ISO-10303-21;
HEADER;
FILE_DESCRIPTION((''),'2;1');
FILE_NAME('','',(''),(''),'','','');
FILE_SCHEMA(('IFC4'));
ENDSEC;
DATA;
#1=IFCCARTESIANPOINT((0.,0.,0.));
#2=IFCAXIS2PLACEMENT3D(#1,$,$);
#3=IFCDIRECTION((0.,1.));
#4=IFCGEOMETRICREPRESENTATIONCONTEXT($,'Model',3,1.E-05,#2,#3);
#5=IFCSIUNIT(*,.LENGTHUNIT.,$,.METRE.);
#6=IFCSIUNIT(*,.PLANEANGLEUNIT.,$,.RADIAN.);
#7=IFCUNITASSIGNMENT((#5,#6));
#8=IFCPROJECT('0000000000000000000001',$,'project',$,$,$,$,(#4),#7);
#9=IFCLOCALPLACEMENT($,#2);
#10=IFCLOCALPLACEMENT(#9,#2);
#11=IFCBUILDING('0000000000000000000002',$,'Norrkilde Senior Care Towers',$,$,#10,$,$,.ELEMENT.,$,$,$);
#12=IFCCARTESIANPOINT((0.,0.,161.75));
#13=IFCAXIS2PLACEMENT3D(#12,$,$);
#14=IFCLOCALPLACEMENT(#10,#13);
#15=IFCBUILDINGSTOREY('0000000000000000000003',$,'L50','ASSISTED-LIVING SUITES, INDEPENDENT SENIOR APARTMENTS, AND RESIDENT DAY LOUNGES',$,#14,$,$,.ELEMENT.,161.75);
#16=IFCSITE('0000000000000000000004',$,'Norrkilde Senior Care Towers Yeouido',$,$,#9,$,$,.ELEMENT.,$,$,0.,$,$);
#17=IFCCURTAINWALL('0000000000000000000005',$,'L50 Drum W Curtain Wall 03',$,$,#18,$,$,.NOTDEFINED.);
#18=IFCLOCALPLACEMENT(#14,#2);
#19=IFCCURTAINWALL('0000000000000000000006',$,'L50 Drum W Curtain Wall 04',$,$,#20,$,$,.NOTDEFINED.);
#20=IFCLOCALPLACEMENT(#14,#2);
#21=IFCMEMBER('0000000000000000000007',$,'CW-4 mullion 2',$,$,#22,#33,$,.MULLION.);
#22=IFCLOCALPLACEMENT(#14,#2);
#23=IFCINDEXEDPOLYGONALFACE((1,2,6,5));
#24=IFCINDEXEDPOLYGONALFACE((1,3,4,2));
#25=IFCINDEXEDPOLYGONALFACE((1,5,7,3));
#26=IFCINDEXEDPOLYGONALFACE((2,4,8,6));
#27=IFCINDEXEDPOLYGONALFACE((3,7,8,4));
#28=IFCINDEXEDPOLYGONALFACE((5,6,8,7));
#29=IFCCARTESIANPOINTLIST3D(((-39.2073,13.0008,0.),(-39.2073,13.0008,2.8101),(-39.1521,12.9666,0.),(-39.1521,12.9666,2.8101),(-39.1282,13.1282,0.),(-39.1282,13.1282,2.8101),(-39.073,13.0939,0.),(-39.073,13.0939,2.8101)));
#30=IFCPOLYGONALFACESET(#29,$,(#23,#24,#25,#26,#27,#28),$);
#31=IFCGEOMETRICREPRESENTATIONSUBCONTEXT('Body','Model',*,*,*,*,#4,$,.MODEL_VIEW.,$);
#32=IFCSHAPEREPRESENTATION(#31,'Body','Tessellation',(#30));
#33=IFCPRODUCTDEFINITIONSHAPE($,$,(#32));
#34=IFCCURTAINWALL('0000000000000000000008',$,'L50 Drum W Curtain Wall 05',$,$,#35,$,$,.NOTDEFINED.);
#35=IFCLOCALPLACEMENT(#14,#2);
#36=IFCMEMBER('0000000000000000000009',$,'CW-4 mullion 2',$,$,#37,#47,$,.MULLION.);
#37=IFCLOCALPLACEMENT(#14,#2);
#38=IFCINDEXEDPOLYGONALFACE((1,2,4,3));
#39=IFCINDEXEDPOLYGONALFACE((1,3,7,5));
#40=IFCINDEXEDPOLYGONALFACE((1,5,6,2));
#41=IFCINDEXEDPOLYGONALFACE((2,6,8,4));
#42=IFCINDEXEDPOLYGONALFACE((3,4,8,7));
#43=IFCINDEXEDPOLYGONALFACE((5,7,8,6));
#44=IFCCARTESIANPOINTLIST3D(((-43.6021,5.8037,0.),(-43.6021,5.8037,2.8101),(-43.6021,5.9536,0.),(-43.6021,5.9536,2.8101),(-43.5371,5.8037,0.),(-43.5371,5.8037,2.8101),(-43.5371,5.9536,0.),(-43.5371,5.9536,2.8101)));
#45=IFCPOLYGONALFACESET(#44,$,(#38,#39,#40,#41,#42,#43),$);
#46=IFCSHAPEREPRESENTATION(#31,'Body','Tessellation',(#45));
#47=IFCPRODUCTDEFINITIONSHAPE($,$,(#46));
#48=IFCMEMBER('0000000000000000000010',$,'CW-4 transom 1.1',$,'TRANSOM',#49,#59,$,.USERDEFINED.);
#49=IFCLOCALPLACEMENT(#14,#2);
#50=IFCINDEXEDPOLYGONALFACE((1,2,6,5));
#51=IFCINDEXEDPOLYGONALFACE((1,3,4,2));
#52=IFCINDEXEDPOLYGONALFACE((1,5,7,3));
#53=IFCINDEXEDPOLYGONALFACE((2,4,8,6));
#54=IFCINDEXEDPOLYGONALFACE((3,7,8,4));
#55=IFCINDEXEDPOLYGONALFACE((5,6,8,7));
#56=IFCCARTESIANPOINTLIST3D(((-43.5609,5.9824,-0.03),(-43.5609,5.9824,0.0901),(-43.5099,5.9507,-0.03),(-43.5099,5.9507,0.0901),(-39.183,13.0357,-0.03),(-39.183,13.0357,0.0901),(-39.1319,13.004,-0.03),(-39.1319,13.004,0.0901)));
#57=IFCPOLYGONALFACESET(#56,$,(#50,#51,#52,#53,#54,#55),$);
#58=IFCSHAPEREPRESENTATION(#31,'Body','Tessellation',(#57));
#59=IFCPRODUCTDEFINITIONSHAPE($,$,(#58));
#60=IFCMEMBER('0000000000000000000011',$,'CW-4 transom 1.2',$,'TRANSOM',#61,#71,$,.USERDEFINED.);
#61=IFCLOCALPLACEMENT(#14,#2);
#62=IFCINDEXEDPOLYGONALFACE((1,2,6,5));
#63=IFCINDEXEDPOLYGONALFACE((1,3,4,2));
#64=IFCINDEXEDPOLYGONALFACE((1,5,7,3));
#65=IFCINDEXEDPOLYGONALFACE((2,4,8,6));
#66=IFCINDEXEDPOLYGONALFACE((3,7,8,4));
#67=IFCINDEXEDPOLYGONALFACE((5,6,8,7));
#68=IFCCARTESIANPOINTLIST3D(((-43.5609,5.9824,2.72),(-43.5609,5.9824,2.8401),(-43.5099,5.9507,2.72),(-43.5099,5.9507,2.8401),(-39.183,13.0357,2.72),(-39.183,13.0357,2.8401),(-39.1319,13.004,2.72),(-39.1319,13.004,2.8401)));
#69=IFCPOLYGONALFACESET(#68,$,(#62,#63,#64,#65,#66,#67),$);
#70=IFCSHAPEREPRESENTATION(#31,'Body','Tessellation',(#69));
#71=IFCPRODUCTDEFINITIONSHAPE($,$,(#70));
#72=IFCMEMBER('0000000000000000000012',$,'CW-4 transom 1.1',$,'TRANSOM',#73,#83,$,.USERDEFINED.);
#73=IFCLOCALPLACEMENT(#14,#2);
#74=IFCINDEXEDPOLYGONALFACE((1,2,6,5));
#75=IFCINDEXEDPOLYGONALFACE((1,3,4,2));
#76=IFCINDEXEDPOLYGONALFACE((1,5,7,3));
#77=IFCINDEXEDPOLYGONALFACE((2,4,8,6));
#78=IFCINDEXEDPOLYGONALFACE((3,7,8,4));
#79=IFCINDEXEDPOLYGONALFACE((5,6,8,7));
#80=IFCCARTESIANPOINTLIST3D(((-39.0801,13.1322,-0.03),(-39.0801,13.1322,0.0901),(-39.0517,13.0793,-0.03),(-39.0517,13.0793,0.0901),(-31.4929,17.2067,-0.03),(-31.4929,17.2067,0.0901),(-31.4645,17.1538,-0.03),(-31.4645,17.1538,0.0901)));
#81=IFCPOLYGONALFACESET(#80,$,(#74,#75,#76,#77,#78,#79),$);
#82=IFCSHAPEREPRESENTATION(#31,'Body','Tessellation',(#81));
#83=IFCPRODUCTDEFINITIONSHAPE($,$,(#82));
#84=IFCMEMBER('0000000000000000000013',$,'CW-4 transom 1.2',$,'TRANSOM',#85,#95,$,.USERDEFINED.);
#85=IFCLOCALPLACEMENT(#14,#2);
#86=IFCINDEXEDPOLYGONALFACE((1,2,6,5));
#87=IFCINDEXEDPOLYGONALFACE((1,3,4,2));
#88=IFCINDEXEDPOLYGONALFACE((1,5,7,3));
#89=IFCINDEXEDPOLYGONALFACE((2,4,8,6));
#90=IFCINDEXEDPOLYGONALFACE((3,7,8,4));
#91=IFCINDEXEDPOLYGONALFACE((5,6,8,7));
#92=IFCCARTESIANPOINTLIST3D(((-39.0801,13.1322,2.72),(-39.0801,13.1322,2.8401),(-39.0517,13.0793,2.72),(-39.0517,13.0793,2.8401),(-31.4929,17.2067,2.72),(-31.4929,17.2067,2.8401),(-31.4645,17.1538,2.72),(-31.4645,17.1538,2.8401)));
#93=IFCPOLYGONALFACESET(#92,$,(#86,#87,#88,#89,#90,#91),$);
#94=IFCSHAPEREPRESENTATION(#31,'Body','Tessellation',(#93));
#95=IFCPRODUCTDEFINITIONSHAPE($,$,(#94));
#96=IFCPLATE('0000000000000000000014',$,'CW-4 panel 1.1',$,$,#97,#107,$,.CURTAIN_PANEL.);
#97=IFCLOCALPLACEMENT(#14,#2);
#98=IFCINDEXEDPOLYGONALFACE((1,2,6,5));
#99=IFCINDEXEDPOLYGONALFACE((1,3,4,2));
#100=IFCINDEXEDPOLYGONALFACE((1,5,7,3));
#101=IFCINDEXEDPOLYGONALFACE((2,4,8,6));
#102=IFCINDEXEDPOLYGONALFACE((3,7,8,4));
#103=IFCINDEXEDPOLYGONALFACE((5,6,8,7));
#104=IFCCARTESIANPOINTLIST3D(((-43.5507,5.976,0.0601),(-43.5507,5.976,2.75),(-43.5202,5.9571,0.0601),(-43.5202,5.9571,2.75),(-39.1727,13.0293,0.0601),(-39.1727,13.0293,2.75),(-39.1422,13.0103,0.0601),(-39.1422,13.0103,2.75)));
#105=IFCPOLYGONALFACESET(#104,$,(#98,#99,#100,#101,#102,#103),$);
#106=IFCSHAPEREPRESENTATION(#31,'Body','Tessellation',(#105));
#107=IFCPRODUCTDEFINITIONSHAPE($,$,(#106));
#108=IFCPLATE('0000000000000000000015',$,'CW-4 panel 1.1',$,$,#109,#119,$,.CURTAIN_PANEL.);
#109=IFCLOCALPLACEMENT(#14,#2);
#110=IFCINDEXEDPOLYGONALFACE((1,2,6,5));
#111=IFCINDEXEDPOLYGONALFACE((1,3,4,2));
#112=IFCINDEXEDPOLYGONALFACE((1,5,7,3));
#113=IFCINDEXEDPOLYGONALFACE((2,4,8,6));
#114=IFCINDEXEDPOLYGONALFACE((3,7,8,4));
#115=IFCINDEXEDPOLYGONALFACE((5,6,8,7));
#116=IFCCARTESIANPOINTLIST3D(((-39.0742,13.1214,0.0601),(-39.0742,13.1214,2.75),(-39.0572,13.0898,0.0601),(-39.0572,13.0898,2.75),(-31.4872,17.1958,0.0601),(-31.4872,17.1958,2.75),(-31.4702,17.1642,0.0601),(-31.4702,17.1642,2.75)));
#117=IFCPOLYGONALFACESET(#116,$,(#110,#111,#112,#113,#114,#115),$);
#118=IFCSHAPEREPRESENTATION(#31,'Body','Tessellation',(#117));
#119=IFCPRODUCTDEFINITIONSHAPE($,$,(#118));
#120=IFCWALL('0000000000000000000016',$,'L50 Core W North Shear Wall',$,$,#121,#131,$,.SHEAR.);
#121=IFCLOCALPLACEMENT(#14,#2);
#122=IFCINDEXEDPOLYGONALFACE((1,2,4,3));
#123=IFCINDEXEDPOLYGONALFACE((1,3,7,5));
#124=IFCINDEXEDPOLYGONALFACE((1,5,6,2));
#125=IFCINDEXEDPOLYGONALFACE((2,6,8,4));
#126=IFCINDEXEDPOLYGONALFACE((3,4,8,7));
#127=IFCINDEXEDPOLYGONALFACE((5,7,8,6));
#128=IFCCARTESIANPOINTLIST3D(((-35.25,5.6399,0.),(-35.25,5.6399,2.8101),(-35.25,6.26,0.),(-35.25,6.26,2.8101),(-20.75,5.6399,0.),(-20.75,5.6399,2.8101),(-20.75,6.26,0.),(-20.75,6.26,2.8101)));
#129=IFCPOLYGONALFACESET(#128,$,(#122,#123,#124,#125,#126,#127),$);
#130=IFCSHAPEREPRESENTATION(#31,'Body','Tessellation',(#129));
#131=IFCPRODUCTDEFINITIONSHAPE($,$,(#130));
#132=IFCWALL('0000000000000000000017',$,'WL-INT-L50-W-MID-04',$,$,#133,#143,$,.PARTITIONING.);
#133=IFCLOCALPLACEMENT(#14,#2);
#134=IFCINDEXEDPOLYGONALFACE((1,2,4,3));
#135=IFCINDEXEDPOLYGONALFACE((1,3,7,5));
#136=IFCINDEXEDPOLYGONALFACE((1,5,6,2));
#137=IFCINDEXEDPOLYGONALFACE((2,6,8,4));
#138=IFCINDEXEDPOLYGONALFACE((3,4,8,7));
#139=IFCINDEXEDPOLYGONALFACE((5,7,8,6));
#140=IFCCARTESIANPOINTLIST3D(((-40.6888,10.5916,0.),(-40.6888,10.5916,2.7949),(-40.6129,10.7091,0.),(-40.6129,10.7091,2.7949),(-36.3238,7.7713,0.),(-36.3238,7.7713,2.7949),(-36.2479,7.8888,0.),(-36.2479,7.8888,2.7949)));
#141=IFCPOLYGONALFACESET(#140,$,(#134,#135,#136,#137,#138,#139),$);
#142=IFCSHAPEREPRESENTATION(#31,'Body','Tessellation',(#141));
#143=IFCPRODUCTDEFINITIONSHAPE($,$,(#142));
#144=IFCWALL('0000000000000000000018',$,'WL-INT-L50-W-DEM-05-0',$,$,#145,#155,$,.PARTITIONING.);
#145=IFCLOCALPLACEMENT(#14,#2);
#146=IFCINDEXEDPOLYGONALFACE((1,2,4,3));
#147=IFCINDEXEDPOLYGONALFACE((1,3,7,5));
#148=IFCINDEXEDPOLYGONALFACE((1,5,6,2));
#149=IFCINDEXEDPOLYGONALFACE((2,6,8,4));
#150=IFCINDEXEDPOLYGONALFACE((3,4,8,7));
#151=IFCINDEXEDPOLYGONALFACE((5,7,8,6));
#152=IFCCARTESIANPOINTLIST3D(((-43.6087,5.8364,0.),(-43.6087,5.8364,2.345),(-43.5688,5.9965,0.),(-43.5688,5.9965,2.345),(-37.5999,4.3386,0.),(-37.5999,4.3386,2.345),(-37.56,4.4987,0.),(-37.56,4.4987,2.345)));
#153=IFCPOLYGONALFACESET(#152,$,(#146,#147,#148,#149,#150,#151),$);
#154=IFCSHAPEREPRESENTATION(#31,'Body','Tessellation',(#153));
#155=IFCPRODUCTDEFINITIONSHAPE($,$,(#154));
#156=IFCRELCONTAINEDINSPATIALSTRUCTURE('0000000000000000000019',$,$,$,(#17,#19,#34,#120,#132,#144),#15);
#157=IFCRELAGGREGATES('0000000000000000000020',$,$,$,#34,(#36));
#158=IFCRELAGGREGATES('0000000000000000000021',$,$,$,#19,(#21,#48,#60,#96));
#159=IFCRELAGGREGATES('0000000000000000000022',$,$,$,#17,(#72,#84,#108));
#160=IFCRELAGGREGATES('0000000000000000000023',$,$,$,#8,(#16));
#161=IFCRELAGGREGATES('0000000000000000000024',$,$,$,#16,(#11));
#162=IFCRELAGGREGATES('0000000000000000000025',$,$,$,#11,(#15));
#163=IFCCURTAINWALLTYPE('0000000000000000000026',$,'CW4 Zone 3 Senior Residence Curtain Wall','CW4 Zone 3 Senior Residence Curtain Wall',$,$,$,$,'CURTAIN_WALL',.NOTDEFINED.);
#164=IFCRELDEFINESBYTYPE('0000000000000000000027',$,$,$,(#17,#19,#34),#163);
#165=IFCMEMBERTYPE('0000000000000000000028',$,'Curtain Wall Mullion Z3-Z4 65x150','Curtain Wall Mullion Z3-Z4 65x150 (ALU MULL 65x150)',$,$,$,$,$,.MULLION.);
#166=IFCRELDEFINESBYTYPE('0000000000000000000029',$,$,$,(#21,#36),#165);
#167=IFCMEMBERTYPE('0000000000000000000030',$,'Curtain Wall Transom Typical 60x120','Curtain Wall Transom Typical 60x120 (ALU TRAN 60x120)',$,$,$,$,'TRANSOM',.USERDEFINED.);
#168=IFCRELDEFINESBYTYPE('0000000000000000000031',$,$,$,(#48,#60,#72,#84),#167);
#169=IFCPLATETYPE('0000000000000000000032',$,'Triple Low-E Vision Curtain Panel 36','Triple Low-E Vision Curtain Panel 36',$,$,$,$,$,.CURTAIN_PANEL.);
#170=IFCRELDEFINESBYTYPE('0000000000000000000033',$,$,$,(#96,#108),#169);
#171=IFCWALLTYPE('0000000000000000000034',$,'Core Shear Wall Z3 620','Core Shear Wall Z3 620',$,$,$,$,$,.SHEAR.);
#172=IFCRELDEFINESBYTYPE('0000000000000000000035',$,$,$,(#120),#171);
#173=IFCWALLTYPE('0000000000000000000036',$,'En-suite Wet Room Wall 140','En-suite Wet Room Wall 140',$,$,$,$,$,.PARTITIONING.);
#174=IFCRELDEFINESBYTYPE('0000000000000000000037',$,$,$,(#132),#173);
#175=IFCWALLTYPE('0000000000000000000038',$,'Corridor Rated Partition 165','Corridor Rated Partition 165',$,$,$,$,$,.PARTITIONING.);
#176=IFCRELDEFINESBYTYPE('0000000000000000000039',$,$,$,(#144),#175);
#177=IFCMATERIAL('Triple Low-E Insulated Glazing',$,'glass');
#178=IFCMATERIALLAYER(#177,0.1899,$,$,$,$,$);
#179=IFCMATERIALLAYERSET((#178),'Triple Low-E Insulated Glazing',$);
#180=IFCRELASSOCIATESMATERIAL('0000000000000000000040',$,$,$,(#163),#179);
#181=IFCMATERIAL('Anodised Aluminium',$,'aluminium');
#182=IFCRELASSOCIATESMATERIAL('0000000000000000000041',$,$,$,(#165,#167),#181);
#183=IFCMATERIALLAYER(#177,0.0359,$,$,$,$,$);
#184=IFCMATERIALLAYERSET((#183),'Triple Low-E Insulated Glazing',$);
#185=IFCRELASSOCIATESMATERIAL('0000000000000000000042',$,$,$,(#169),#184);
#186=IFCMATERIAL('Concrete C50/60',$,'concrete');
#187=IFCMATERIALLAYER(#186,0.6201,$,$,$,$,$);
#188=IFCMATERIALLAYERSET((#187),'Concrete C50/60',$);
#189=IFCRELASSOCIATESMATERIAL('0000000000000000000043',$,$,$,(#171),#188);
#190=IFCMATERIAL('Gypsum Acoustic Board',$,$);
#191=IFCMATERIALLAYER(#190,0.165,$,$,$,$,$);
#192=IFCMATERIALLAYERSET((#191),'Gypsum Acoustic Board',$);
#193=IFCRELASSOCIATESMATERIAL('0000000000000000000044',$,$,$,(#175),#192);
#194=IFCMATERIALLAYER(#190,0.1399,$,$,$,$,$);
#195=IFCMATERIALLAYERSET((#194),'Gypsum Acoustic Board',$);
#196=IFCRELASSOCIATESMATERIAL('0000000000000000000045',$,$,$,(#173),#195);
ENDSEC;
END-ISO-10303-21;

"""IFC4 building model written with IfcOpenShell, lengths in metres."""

from ifc_helpers import new_model, si_unit, direction, frame, frame_2d, origin, origin_2d, place, context, subcontext, project, spatial, rectangle, extrude, source, transform, mapped, material, layer, layer_set, material_profile, profile_set, type_object, type_shapes, element, aggregate, save


model = new_model("IFC4")

# Units and contexts
model_context = context("Model", 3, precision=1e-05, world=origin(), true_north=direction((0.0, 1.0)))
body_context = subcontext(model_context, "Body", "Model", "MODEL_VIEW")
ifc_project = project(units=[si_unit("LENGTHUNIT", "METRE"), si_unit("PLANEANGLEUNIT", "RADIAN")], contexts=[model_context])

# Site, building, storey
site_placement = place(None, origin())
site = spatial("IfcSite", under=ifc_project, at=site_placement, Name="Norrkilde Senior Care Towers Yeouido", CompositionType="ELEMENT", RefElevation=0.0)
building_placement = place(site_placement, origin())
building = spatial("IfcBuilding", under=site, at=building_placement, Name="Norrkilde Senior Care Towers", CompositionType="ELEMENT")
storey_placement = place(building_placement, frame((0.0, 0.0, 161.75)))
storey = spatial("IfcBuildingStorey", under=building, at=storey_placement, Name="L50", Description="ASSISTED-LIVING SUITES, INDEPENDENT SENIOR APARTMENTS, AND RESIDENT DAY LOUNGES", CompositionType="ELEMENT", Elevation=161.75)

# Shared definitions
ifc_material_1 = material(Name="Concrete C50/60", Category="concrete")

# Curtain wall
ifc_material_2 = material(Name="Triple Low-E Insulated Glazing", Category="glass")
ifc_layer_1 = layer(ifc_material_2, 0.1899)
ifc_layer_set_1 = layer_set([ifc_layer_1], Name="Triple Low-E Insulated Glazing")
curtain_wall_type = type_object("IfcCurtainWallType", Name="CW4 Zone 3 Senior Residence Curtain Wall", Description="CW4 Zone 3 Senior Residence Curtain Wall", ElementType="CURTAIN_WALL", PredefinedType="NOTDEFINED", material=ifc_layer_set_1)
curtain_wall_1_placement = place(storey_placement, origin())
curtain_wall_1 = element("IfcCurtainWall", 1, at=curtain_wall_1_placement, inside=storey, type_object=curtain_wall_type, Name="L50 Drum W Curtain Wall 03", PredefinedType="NOTDEFINED")
ifc_material_3 = material(Name="Anodised Aluminium", Category="aluminium")
ifc_material_profile_1 = material_profile(ifc_material_3, rectangle(XDim=0.0649, YDim=0.1499, at=origin_2d()), Name="ALU MULL 65x150")
ifc_profile_set_1 = profile_set([ifc_material_profile_1], Name="Anodised Aluminium")
member_type_1 = type_object("IfcMemberType", Name="Curtain Wall Mullion Z3-Z4 65x150", Description="Curtain Wall Mullion Z3-Z4 65x150 (ALU MULL 65x150)", PredefinedType="MULLION", material=ifc_profile_set_1)
shared_shape_1 = source(origin(), body_context, "Body", "SweptSolid", [
    extrude(rectangle(XDim=0.0649, YDim=0.1499, at=origin_2d()), origin(), (0.0, 0.0, 1.0), 2.8101),
])
type_shapes(member_type_1, [shared_shape_1])

# Curtain wall, member
curtain_wall_2_placement = place(storey_placement, origin())
curtain_wall_2 = element("IfcCurtainWall", 2, at=curtain_wall_2_placement, inside=storey, type_object=curtain_wall_type, Name="L50 Drum W Curtain Wall 04", PredefinedType="NOTDEFINED")
member_1_placement = place(storey_placement, frame((-39.1401, 13.0474, 0.0), z_axis=(0.0, 0.0, 1.0), x_axis=(-0.849634, 0.527373, 0.0)))
member_1 = element("IfcMember", 3, at=member_1_placement, type_object=member_type_1, Name="CW-4 mullion 2", PredefinedType="MULLION", context=body_context, shape_type="MappedRepresentation", body=[
    mapped(shared_shape_1, transform((0.0, 0.0, 0.0), x_axis=(1.0, 0.0, 0.0), y_axis=(0.0, 1.0, 0.0), z_axis=(0.0, 0.0, 1.0), scale=1.0)),
])

# Curtain wall, member
curtain_wall_3_placement = place(storey_placement, origin())
curtain_wall_3 = element("IfcCurtainWall", 4, at=curtain_wall_3_placement, inside=storey, type_object=curtain_wall_type, Name="L50 Drum W Curtain Wall 05", PredefinedType="NOTDEFINED")
member_2_placement = place(storey_placement, frame((-43.5696, 5.8787, 0.0), z_axis=(0.0, 0.0, 1.0), x_axis=(-1.0, 0.0, 0.0)))
member_2 = element("IfcMember", 5, at=member_2_placement, type_object=member_type_1, Name="CW-4 mullion 2", PredefinedType="MULLION", context=body_context, shape_type="MappedRepresentation", body=[
    mapped(shared_shape_1, transform((0.0, 0.0, 0.0), x_axis=(1.0, 0.0, 0.0), y_axis=(0.0, 1.0, 0.0), z_axis=(0.0, 0.0, 1.0), scale=1.0)),
])
aggregate(curtain_wall_3, [member_2])

# Members
ifc_material_profile_2 = material_profile(ifc_material_3, rectangle(XDim=0.0601, YDim=0.1201, at=origin_2d()), Name="ALU TRAN 60x120")
ifc_profile_set_2 = profile_set([ifc_material_profile_2], Name="Anodised Aluminium")
member_type_2 = type_object("IfcMemberType", Name="Curtain Wall Transom Typical 60x120", Description="Curtain Wall Transom Typical 60x120 (ALU TRAN 60x120)", ElementType="TRANSOM", PredefinedType="USERDEFINED", material=ifc_profile_set_2)
shared_shape_2 = source(origin(), body_context, "Body", "SweptSolid", [
    extrude(rectangle(XDim=0.0601, YDim=0.1201, at=origin_2d()), origin(), (0.0, 0.0, 1.0), 8.3015),
])
member_3_placement = place(storey_placement, frame((-43.5354, 5.9666, 0.03), z_axis=(0.527369, 0.849637, 0.0), x_axis=(-0.849637, 0.527369, 0.0)))
member_3 = element("IfcMember", 6, at=member_3_placement, type_object=member_type_2, Name="CW-4 transom 1.1", ObjectType="TRANSOM", PredefinedType="USERDEFINED", context=body_context, shape_type="MappedRepresentation", body=[
    mapped(shared_shape_2, transform((0.0, 0.0, 0.0), x_axis=(1.0, 0.0, 0.0), y_axis=(0.0, 1.0, 0.0), z_axis=(0.0, 0.0, 1.0), scale=1.0)),
])
member_4_placement = place(storey_placement, frame((-43.5354, 5.9666, 2.78), z_axis=(0.527369, 0.849637, 0.0), x_axis=(-0.849637, 0.527369, 0.0)))
member_4 = element("IfcMember", 7, at=member_4_placement, type_object=member_type_2, Name="CW-4 transom 1.2", ObjectType="TRANSOM", PredefinedType="USERDEFINED", context=body_context, shape_type="MappedRepresentation", body=[
    mapped(shared_shape_2, transform((0.0, 0.0, 0.0), x_axis=(1.0, 0.0, 0.0), y_axis=(0.0, 1.0, 0.0), z_axis=(0.0, 0.0, 1.0), scale=1.0)),
])
shared_shape_3 = source(origin(), body_context, "Body", "SweptSolid", [
    extrude(rectangle(XDim=0.0601, YDim=0.1201, at=origin_2d()), origin(), (0.0, 0.0, 1.0), 8.6121),
])
type_shapes(member_type_2, [shared_shape_2, shared_shape_3])
member_5_placement = place(storey_placement, frame((-39.0659, 13.1057, 0.03), z_axis=(0.881, 0.473116, 0.0), x_axis=(-0.473116, 0.881, 0.0)))
member_5 = element("IfcMember", 8, at=member_5_placement, type_object=member_type_2, Name="CW-4 transom 1.1", ObjectType="TRANSOM", PredefinedType="USERDEFINED", context=body_context, shape_type="MappedRepresentation", body=[
    mapped(shared_shape_3, transform((0.0, 0.0, 0.0), x_axis=(1.0, 0.0, 0.0), y_axis=(0.0, 1.0, 0.0), z_axis=(0.0, 0.0, 1.0), scale=1.0)),
])
member_6_placement = place(storey_placement, frame((-39.0659, 13.1057, 2.78), z_axis=(0.881, 0.473116, 0.0), x_axis=(-0.473116, 0.881, 0.0)))
member_6 = element("IfcMember", 9, at=member_6_placement, type_object=member_type_2, Name="CW-4 transom 1.2", ObjectType="TRANSOM", PredefinedType="USERDEFINED", context=body_context, shape_type="MappedRepresentation", body=[
    mapped(shared_shape_3, transform((0.0, 0.0, 0.0), x_axis=(1.0, 0.0, 0.0), y_axis=(0.0, 1.0, 0.0), z_axis=(0.0, 0.0, 1.0), scale=1.0)),
])

# Plates
ifc_layer_2 = layer(ifc_material_2, 0.0359)
ifc_layer_set_2 = layer_set([ifc_layer_2], Name="Triple Low-E Insulated Glazing")
plate_type = type_object("IfcPlateType", Name="Triple Low-E Vision Curtain Panel 36", Description="Triple Low-E Vision Curtain Panel 36", PredefinedType="CURTAIN_PANEL", material=ifc_layer_set_2)
shared_shape_4 = source(origin(), body_context, "Body", "SweptSolid", [
    extrude(rectangle(XDim=8.3015, YDim=0.0359, at=origin_2d()), origin(), (0.0, 0.0, 1.0), 2.6899),
])
plate_1_placement = place(storey_placement, frame((-41.3464, 9.4932, 0.0601), z_axis=(0.0, 0.0, 1.0), x_axis=(0.527373, 0.849634, 0.0)))
plate_1 = element("IfcPlate", 10, at=plate_1_placement, type_object=plate_type, Name="CW-4 panel 1.1", PredefinedType="CURTAIN_PANEL", context=body_context, shape_type="MappedRepresentation", body=[
    mapped(shared_shape_4, transform((0.0, 0.0, 0.0), x_axis=(1.0, 0.0, 0.0), y_axis=(0.0, 1.0, 0.0), z_axis=(0.0, 0.0, 1.0), scale=1.0)),
])
aggregate(curtain_wall_2, [member_1, member_3, member_4, plate_1])
shared_shape_5 = source(origin(), body_context, "Body", "SweptSolid", [
    extrude(rectangle(XDim=8.6118, YDim=0.0359, at=origin_2d()), origin(), (0.0, 0.0, 1.0), 2.6899),
])
type_shapes(plate_type, [shared_shape_4, shared_shape_5])
plate_2_placement = place(storey_placement, frame((-35.2722, 15.1428, 0.0601), z_axis=(0.0, 0.0, 1.0), x_axis=(0.881, 0.473117, 0.0)))
plate_2 = element("IfcPlate", 11, at=plate_2_placement, type_object=plate_type, Name="CW-4 panel 1.1", PredefinedType="CURTAIN_PANEL", context=body_context, shape_type="MappedRepresentation", body=[
    mapped(shared_shape_5, transform((0.0, 0.0, 0.0), x_axis=(1.0, 0.0, 0.0), y_axis=(0.0, 1.0, 0.0), z_axis=(0.0, 0.0, 1.0), scale=1.0)),
])
aggregate(curtain_wall_1, [member_5, member_6, plate_2])

# Wall
ifc_layer_3 = layer(ifc_material_1, 0.6201)
ifc_layer_set_3 = layer_set([ifc_layer_3], Name="Concrete C50/60")
wall_type_1 = type_object("IfcWallType", Name="Core Shear Wall Z3 620", Description="Core Shear Wall Z3 620", PredefinedType="SHEAR", material=ifc_layer_set_3)
shared_shape_6 = source(origin(), body_context, "Body", "SweptSolid", [
    extrude(rectangle(XDim=14.5, YDim=0.6201, at=frame_2d((7.25, 0.0))), origin(), (0.0, 0.0, 1.0), 2.8101),
])
type_shapes(wall_type_1, [shared_shape_6])
wall_1_placement = place(storey_placement, frame((-35.25, 5.95, 0.0), z_axis=(0.0, 0.0, 1.0), x_axis=(1.0, 0.0, 0.0)))
element("IfcWall", 12, at=wall_1_placement, inside=storey, type_object=wall_type_1, Name="L50 Core W North Shear Wall", PredefinedType="SHEAR", context=body_context, shape_type="MappedRepresentation", body=[
    mapped(shared_shape_6, transform((0.0, 0.0, 0.0), x_axis=(1.0, 0.0, 0.0), y_axis=(0.0, 1.0, 0.0), z_axis=(0.0, 0.0, 1.0), scale=1.0)),
])

# Shared definitions
ifc_material_4 = material(Name="Gypsum Acoustic Board")
ifc_layer_4 = layer(ifc_material_4, 0.165)
ifc_layer_set_4 = layer_set([ifc_layer_4], Name="Gypsum Acoustic Board")
wall_type_2 = type_object("IfcWallType", Name="Corridor Rated Partition 165", Description="Corridor Rated Partition 165", PredefinedType="PARTITIONING", material=ifc_layer_set_4)

# Walls
ifc_layer_5 = layer(ifc_material_4, 0.1399)
ifc_layer_set_5 = layer_set([ifc_layer_5], Name="Gypsum Acoustic Board")
wall_type_3 = type_object("IfcWallType", Name="En-suite Wet Room Wall 140", Description="En-suite Wet Room Wall 140", PredefinedType="PARTITIONING", material=ifc_layer_set_5)
shared_shape_7 = source(origin(), body_context, "Body", "SweptSolid", [
    extrude(rectangle(XDim=5.1968, YDim=0.1399, at=frame_2d((2.5984, 0.0))), origin(), (0.0, 0.0, 1.0), 2.7949),
])
type_shapes(wall_type_3, [shared_shape_7])
wall_2_placement = place(storey_placement, frame((-36.2859, 7.8301, 0.0), z_axis=(0.0, 0.0, 1.0), x_axis=(-0.839929, 0.542696, 0.0)))
element("IfcWall", 13, at=wall_2_placement, inside=storey, type_object=wall_type_3, Name="WL-INT-L50-W-MID-04", PredefinedType="PARTITIONING", context=body_context, shape_type="MappedRepresentation", body=[
    mapped(shared_shape_7, transform((0.0, 0.0, 0.0), x_axis=(1.0, 0.0, 0.0), y_axis=(0.0, 1.0, 0.0), z_axis=(0.0, 0.0, 1.0), scale=1.0)),
])
shared_shape_8 = source(origin(), body_context, "Body", "SweptSolid", [
    extrude(rectangle(XDim=6.1926, YDim=0.165, at=frame_2d((3.0962, 0.0))), origin(), (0.0, 0.0, 1.0), 2.345),
])
wall_3_placement = place(storey_placement, frame((-37.5801, 4.4187, 0.0), z_axis=(0.0, 0.0, 1.0), x_axis=(-0.970309, 0.241868, 0.0)))
element("IfcWall", 14, at=wall_3_placement, inside=storey, type_object=wall_type_2, Name="WL-INT-L50-W-DEM-05-0", PredefinedType="PARTITIONING", context=body_context, shape_type="MappedRepresentation", body=[
    mapped(shared_shape_8, transform((0.0, 0.0, 0.0), x_axis=(1.0, 0.0, 0.0), y_axis=(0.0, 1.0, 0.0), z_axis=(0.0, 0.0, 1.0), scale=1.0)),
])

save(model, "model.ifc")
